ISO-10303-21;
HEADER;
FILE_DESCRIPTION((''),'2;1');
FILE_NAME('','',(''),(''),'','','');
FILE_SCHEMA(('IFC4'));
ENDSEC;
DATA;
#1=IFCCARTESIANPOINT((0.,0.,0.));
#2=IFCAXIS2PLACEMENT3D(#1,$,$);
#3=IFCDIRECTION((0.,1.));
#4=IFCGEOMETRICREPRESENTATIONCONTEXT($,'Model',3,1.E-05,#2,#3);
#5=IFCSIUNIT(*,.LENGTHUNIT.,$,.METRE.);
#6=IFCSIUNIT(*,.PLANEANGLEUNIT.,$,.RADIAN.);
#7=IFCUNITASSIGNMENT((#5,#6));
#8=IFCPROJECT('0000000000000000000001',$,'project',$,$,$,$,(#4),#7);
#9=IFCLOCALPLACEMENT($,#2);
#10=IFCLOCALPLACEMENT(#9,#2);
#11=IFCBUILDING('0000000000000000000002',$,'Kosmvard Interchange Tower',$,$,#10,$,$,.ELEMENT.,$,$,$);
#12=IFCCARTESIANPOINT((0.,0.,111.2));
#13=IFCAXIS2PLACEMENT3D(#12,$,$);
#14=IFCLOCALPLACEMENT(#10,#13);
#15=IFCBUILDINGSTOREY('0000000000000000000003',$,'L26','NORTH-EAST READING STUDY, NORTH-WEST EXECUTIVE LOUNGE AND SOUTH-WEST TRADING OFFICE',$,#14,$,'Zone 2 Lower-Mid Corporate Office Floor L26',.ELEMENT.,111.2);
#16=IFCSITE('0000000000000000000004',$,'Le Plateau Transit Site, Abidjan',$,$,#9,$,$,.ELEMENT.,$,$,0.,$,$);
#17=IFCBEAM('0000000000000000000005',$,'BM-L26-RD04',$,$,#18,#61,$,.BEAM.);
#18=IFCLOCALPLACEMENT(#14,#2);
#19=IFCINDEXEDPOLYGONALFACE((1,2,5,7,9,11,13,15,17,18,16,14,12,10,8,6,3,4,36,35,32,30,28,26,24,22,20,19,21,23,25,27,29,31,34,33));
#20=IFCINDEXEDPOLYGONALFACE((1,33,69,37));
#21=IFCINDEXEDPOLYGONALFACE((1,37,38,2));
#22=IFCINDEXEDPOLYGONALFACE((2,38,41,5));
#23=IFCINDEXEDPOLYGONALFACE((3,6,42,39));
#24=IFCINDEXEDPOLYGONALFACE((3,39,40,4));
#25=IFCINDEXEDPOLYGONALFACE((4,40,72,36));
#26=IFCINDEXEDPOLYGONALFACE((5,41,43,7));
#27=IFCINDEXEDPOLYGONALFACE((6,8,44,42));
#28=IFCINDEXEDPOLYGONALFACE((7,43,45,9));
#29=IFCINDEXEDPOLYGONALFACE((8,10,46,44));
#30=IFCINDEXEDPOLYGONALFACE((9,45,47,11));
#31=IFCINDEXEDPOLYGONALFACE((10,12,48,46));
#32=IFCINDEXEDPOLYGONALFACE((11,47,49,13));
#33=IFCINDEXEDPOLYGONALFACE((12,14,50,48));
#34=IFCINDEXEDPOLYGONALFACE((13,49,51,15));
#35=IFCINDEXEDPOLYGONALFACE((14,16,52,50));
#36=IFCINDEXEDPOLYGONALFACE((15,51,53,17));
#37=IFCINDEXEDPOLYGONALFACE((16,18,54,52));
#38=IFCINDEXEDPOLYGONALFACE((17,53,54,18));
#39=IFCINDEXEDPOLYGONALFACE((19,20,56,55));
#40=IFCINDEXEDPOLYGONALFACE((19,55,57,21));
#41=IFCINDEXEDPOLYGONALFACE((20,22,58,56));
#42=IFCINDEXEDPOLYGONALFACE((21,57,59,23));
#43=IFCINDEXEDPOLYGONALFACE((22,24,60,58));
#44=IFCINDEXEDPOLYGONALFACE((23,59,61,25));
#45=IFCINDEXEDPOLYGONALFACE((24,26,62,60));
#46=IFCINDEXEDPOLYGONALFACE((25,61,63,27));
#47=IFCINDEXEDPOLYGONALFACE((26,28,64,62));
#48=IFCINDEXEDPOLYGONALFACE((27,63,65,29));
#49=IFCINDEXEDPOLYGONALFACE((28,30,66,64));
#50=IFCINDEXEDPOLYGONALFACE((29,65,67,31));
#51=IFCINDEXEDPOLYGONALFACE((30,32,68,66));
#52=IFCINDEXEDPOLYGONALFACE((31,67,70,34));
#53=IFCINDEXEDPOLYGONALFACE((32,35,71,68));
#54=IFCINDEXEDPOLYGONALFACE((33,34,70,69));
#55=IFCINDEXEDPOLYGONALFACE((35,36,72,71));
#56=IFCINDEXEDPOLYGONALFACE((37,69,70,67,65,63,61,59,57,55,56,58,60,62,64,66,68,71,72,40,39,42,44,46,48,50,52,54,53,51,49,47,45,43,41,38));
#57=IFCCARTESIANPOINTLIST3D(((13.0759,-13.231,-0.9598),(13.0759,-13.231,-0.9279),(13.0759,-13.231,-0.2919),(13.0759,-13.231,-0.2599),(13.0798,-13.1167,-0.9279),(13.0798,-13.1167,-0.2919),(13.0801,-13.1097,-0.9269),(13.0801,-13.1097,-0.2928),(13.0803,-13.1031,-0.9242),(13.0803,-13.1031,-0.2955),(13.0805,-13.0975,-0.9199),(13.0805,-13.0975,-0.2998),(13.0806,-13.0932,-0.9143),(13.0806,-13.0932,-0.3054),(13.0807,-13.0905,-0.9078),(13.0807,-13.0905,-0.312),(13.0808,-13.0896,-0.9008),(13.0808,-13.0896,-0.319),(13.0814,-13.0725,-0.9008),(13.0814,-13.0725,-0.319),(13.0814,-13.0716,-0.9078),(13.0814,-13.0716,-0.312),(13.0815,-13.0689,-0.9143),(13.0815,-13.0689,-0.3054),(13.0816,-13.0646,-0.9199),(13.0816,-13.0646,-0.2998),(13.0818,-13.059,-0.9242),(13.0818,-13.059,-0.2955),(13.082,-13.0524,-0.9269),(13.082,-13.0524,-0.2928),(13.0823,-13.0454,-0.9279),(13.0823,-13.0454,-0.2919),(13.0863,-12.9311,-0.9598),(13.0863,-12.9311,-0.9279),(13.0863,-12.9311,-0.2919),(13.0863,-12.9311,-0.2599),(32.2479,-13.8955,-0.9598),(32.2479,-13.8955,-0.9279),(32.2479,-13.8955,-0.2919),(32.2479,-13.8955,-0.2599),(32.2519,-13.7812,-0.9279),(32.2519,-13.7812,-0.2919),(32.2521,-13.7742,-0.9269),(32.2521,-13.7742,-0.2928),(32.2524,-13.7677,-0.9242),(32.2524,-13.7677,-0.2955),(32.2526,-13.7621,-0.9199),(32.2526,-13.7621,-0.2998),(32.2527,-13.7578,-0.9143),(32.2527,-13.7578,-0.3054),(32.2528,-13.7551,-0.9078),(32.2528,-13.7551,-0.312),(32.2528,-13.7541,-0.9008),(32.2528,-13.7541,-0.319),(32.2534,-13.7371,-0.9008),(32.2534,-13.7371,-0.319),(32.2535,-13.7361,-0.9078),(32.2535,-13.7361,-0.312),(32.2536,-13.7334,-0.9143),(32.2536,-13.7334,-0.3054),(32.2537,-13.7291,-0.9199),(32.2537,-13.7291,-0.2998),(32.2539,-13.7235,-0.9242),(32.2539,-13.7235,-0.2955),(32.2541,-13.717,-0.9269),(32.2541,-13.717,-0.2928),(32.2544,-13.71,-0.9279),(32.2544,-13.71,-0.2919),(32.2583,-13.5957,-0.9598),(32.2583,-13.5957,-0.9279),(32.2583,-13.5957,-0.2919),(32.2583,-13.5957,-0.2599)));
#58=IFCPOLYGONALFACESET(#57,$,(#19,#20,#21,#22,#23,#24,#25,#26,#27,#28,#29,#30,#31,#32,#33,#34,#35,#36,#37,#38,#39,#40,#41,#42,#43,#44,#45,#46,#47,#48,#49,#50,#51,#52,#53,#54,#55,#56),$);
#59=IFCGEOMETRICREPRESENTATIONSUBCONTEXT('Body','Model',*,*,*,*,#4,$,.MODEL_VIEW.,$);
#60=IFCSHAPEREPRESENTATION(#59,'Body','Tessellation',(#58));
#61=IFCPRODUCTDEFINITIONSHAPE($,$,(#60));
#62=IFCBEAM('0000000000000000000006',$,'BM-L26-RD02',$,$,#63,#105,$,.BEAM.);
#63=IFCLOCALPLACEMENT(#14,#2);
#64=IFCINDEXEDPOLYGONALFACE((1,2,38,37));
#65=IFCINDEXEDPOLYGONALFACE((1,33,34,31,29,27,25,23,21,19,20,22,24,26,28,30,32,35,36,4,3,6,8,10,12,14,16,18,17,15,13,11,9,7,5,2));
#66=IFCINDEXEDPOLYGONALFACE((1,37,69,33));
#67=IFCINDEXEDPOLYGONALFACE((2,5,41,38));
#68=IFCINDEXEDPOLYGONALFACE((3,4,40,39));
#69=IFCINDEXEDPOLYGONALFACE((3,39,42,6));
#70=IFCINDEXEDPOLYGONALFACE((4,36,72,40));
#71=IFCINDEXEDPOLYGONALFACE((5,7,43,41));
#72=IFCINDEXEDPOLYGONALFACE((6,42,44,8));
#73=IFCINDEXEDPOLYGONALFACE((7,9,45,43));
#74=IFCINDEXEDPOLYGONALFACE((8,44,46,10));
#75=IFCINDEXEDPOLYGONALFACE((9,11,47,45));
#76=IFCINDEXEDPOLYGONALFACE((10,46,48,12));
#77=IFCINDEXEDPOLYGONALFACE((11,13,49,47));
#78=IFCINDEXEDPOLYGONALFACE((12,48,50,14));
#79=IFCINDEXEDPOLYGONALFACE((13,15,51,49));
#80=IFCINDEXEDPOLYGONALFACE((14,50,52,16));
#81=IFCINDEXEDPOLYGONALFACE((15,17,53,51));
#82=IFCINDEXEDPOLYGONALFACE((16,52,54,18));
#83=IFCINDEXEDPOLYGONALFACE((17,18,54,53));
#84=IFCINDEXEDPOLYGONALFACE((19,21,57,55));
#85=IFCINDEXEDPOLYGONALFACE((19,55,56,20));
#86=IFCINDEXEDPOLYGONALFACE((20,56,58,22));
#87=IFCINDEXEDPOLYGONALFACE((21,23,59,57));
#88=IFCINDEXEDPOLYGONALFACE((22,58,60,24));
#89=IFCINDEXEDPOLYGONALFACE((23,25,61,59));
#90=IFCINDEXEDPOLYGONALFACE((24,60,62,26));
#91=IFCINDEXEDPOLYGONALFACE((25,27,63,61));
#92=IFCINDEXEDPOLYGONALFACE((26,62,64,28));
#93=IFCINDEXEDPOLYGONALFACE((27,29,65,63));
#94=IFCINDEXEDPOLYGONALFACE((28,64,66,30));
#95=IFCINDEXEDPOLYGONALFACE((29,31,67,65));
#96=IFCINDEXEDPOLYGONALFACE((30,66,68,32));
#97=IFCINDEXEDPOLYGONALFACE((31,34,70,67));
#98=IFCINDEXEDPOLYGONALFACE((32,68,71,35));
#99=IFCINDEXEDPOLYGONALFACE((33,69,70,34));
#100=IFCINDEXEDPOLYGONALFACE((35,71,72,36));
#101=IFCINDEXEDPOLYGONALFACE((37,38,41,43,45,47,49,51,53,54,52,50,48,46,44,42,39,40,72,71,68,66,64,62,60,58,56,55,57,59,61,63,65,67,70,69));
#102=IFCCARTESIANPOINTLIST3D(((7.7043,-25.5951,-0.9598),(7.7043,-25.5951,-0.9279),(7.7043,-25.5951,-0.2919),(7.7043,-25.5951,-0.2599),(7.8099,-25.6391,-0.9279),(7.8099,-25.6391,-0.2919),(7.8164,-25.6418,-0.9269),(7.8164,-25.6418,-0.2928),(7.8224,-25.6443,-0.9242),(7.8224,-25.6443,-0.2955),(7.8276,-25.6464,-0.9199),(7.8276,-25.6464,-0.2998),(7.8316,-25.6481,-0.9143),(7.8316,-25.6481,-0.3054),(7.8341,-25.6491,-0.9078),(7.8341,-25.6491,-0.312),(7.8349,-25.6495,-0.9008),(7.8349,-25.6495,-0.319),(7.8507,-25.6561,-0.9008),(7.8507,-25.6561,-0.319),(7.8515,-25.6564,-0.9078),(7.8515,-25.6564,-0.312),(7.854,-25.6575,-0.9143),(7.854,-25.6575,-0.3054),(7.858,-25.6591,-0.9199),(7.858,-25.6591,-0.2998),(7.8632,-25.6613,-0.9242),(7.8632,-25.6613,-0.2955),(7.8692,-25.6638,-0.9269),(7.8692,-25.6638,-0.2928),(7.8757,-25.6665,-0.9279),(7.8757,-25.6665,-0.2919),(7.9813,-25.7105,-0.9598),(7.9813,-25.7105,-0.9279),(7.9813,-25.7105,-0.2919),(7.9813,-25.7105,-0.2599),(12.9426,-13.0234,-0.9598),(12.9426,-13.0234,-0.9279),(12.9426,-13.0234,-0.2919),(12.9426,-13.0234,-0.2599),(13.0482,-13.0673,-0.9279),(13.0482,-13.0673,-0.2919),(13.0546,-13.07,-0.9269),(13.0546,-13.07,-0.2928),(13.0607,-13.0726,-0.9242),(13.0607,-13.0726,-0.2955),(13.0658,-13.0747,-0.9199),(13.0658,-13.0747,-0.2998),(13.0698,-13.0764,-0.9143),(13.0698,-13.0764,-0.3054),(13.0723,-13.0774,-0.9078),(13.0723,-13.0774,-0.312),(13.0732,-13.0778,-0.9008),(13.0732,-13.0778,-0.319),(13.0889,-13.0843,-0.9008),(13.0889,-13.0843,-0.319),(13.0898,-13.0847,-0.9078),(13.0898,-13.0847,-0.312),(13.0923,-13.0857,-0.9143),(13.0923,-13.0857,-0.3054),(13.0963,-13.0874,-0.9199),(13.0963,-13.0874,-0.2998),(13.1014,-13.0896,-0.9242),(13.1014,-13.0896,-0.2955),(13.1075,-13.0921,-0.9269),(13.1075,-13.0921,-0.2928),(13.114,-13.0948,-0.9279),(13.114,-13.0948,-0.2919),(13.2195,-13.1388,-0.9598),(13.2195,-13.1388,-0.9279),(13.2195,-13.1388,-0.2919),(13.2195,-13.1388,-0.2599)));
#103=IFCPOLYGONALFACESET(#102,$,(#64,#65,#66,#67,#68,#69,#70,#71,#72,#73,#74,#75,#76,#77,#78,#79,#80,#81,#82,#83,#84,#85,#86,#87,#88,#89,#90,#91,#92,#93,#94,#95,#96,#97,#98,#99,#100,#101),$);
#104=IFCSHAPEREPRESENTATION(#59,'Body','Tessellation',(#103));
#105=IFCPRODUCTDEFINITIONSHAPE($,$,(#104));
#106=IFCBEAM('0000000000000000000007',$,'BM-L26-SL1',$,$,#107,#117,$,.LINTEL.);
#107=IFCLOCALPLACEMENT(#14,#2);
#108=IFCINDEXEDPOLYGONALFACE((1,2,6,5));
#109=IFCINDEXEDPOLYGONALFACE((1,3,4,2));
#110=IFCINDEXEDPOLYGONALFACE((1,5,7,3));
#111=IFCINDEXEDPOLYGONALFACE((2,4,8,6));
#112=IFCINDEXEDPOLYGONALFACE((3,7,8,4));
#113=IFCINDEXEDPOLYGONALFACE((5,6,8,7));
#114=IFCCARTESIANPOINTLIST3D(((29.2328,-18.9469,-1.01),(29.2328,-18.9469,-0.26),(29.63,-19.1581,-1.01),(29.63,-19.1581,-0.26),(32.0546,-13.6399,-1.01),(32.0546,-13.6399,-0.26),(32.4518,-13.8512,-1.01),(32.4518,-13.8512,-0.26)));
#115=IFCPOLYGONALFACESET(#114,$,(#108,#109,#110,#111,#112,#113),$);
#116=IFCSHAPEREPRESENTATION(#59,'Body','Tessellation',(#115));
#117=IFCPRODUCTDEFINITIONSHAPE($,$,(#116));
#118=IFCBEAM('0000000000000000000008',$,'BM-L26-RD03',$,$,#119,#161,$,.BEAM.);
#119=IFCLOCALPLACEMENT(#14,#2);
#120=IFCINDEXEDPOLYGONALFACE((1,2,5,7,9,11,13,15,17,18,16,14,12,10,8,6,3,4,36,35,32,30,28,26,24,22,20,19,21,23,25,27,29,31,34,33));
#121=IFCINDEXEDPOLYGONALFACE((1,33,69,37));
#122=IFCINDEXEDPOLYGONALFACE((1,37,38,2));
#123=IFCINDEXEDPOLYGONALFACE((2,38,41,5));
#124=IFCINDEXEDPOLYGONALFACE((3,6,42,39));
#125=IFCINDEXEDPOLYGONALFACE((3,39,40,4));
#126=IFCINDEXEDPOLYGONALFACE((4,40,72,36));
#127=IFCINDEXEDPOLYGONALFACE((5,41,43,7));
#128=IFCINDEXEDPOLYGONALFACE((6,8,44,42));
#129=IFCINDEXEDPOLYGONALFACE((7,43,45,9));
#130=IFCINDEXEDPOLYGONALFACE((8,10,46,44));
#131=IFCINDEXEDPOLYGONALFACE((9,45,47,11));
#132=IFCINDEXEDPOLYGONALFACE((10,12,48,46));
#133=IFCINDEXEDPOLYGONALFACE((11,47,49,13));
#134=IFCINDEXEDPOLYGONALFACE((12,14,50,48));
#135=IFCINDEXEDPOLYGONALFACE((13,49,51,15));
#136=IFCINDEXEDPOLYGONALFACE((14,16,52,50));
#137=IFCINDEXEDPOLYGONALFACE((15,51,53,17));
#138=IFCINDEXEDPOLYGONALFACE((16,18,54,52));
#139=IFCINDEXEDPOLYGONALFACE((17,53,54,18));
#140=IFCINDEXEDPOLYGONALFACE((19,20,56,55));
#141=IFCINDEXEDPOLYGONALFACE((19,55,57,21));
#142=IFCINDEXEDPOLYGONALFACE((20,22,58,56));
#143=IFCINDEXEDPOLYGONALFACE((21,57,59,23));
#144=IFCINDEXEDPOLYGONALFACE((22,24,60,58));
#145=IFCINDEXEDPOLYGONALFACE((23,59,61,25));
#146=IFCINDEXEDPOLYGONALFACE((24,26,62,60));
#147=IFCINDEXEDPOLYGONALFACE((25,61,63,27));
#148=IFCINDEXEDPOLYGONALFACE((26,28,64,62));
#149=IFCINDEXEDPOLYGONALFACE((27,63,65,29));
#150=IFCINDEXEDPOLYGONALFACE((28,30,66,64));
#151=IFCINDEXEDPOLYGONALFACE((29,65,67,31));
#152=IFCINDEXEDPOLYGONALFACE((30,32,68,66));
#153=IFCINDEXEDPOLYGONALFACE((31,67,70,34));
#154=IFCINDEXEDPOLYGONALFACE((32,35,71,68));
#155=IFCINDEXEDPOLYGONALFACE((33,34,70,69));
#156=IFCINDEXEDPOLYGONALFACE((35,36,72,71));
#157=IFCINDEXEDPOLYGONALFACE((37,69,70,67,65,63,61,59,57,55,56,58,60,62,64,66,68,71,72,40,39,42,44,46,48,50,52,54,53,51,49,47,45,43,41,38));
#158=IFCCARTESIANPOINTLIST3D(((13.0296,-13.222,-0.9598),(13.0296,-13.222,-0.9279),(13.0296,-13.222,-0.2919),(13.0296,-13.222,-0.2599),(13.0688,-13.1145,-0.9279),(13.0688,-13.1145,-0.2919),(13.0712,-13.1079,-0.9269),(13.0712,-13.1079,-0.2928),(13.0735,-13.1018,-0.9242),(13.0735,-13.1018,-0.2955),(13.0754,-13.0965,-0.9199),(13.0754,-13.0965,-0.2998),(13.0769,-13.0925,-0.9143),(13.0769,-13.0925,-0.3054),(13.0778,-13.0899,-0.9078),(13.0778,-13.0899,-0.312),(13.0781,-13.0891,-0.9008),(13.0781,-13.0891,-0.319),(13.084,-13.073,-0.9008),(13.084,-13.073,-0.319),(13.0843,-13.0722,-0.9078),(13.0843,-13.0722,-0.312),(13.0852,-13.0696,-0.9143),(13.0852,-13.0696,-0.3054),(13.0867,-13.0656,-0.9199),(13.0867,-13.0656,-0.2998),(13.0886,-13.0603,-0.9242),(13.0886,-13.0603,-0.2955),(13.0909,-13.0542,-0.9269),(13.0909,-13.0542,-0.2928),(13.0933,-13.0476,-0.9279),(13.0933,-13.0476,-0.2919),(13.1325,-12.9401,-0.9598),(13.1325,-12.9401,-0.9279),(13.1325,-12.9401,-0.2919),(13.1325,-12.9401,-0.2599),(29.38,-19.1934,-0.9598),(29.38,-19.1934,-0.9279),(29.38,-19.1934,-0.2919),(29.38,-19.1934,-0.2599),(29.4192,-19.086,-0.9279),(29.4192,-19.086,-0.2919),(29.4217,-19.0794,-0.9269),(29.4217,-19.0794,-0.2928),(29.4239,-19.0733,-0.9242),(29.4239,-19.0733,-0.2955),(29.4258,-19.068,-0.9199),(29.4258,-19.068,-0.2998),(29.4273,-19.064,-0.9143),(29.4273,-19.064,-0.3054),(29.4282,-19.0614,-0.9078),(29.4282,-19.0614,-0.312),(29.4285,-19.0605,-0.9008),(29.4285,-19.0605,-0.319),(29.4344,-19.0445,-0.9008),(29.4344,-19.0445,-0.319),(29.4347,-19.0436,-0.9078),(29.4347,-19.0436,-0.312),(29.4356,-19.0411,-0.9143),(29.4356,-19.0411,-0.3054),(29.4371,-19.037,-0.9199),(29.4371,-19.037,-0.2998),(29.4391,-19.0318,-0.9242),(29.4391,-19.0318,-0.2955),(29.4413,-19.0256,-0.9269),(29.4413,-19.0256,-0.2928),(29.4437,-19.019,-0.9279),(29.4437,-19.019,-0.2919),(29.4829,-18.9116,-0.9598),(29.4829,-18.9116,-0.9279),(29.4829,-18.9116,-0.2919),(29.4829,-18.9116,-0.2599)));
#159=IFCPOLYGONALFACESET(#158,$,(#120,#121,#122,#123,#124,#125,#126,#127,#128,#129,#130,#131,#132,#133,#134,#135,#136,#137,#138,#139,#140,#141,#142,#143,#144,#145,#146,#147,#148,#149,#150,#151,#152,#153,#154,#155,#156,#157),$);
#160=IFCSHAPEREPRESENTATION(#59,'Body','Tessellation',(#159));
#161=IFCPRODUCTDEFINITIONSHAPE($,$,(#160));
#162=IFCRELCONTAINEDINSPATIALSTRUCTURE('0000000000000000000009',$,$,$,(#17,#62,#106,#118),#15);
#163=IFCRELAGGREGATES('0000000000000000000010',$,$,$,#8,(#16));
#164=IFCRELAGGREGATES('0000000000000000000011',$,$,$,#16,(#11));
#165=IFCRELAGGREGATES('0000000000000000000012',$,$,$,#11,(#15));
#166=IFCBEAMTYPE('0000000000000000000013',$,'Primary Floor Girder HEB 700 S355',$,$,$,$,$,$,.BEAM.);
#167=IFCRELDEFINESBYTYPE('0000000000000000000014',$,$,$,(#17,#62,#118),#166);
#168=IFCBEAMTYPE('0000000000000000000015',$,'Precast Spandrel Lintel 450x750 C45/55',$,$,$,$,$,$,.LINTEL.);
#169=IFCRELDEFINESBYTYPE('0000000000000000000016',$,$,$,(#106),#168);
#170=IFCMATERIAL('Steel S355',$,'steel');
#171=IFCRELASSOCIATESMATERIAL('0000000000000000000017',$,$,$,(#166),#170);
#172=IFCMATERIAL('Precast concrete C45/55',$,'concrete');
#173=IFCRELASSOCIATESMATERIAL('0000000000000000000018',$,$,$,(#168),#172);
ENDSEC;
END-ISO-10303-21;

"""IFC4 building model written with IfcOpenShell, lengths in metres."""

from ifc_helpers import new_model, si_unit, direction, frame, origin, origin_2d, place, context, subcontext, project, spatial, rectangle, i_section, extrude, source, transform, mapped, material, material_profile, profile_set, type_object, element, save


model = new_model("IFC4")

# Units and contexts
model_context = context("Model", 3, precision=1e-05, world=origin(), true_north=direction((0.0, 1.0)))
body_context = subcontext(model_context, "Body", "Model", "MODEL_VIEW")
ifc_project = project(units=[si_unit("LENGTHUNIT", "METRE"), si_unit("PLANEANGLEUNIT", "RADIAN")], contexts=[model_context])

# Site, building, storey
site_placement = place(None, origin())
site = spatial("IfcSite", under=ifc_project, at=site_placement, Name="Le Plateau Transit Site, Abidjan", CompositionType="ELEMENT", RefElevation=0.0)
building_placement = place(site_placement, origin())
building = spatial("IfcBuilding", under=site, at=building_placement, Name="Kosmvard Interchange Tower", CompositionType="ELEMENT")
storey_placement = place(building_placement, frame((0.0, 0.0, 111.2)))
storey = spatial("IfcBuildingStorey", under=building, at=storey_placement, Name="L26", Description="NORTH-EAST READING STUDY, NORTH-WEST EXECUTIVE LOUNGE AND SOUTH-WEST TRADING OFFICE", LongName="Zone 2 Lower-Mid Corporate Office Floor L26", CompositionType="ELEMENT", Elevation=111.2)

# Beams
ifc_material_1 = material(Name="Steel S355", Category="steel")
ifc_material_profile_1 = material_profile(ifc_material_1, i_section(OverallWidth=0.3, OverallDepth=0.7, WebThickness=0.0171, FlangeThickness=0.032, FilletRadius=0.0271, at=origin_2d()), Name="HEB 700")
ifc_profile_set_1 = profile_set([ifc_material_profile_1], Name="Steel S355")
beam_type_1 = type_object("IfcBeamType", Name="Primary Floor Girder HEB 700 S355", PredefinedType="BEAM", material=ifc_profile_set_1)
shared_shape_1 = source(origin(), body_context, "Body", "SweptSolid", [
    extrude(i_section(OverallWidth=0.3, OverallDepth=0.7, WebThickness=0.0171, FlangeThickness=0.032, FilletRadius=0.0271, at=origin_2d()), origin(), (0.0, 0.0, 1.0), 19.1836),
])
beam_1_placement = place(storey_placement, frame((13.0811, -13.0811, -0.6099), z_axis=(0.9994, -0.034642, 0.0), x_axis=(0.034642, 0.9994, 0.0)))
element("IfcBeam", 1, at=beam_1_placement, inside=storey, type_object=beam_type_1, Name="BM-L26-RD04", PredefinedType="BEAM", context=body_context, shape_type="MappedRepresentation", body=[
    mapped(shared_shape_1, transform((0.0, 0.0, 0.0), scale=1.0)),
])
shared_shape_2 = source(origin(), body_context, "Body", "SweptSolid", [
    extrude(i_section(OverallWidth=0.3, OverallDepth=0.7, WebThickness=0.0171, FlangeThickness=0.032, FilletRadius=0.0271, at=origin_2d()), origin(), (0.0, 0.0, 1.0), 13.6194),
])
beam_2_placement = place(storey_placement, frame((13.0811, -13.0811, -0.6099), z_axis=(-0.384618, -0.923076, 0.0), x_axis=(0.923076, -0.384618, 0.0)))
element("IfcBeam", 2, at=beam_2_placement, inside=storey, type_object=beam_type_1, Name="BM-L26-RD02", PredefinedType="BEAM", context=body_context, shape_type="MappedRepresentation", body=[
    mapped(shared_shape_2, transform((0.0, 0.0, 0.0), scale=1.0)),
])
ifc_material_2 = material(Name="Precast concrete C45/55", Category="concrete")
ifc_material_profile_2 = material_profile(ifc_material_2, rectangle(XDim=0.45, YDim=0.75, at=origin_2d()), Name="SL 450x750")
ifc_profile_set_2 = profile_set([ifc_material_profile_2], Name="Precast concrete C45/55")
beam_type_2 = type_object("IfcBeamType", Name="Precast Spandrel Lintel 450x750 C45/55", PredefinedType="LINTEL", material=ifc_profile_set_2)
shared_shape_3 = source(origin(), body_context, "Body", "SweptSolid", [
    extrude(rectangle(XDim=0.45, YDim=0.75, at=origin_2d()), origin(), (0.0, 0.0, 1.0), 6.0105),
])
beam_3_placement = place(storey_placement, frame((29.4314, -19.0525, -0.635), z_axis=(0.469479, 0.882944, 0.0), x_axis=(-0.882944, 0.469479, 0.0)))
element("IfcBeam", 3, at=beam_3_placement, inside=storey, type_object=beam_type_2, Name="BM-L26-SL1", PredefinedType="LINTEL", context=body_context, shape_type="MappedRepresentation", body=[
    mapped(shared_shape_3, transform((0.0, 0.0, 0.0), scale=1.0)),
])
shared_shape_4 = source(origin(), body_context, "Body", "SweptSolid", [
    extrude(i_section(OverallWidth=0.3, OverallDepth=0.7, WebThickness=0.0171, FlangeThickness=0.032, FilletRadius=0.0271, at=origin_2d()), origin(), (0.0, 0.0, 1.0), 17.4067),
])
beam_4_placement = place(storey_placement, frame((13.0811, -13.0811, -0.6099), z_axis=(0.939315, -0.343055, 0.0), x_axis=(0.343055, 0.939315, 0.0)))
element("IfcBeam", 4, at=beam_4_placement, inside=storey, type_object=beam_type_1, Name="BM-L26-RD03", PredefinedType="BEAM", context=body_context, shape_type="MappedRepresentation", body=[
    mapped(shared_shape_4, transform((0.0, 0.0, 0.0), scale=1.0)),
])

save(model, "model.ifc")
